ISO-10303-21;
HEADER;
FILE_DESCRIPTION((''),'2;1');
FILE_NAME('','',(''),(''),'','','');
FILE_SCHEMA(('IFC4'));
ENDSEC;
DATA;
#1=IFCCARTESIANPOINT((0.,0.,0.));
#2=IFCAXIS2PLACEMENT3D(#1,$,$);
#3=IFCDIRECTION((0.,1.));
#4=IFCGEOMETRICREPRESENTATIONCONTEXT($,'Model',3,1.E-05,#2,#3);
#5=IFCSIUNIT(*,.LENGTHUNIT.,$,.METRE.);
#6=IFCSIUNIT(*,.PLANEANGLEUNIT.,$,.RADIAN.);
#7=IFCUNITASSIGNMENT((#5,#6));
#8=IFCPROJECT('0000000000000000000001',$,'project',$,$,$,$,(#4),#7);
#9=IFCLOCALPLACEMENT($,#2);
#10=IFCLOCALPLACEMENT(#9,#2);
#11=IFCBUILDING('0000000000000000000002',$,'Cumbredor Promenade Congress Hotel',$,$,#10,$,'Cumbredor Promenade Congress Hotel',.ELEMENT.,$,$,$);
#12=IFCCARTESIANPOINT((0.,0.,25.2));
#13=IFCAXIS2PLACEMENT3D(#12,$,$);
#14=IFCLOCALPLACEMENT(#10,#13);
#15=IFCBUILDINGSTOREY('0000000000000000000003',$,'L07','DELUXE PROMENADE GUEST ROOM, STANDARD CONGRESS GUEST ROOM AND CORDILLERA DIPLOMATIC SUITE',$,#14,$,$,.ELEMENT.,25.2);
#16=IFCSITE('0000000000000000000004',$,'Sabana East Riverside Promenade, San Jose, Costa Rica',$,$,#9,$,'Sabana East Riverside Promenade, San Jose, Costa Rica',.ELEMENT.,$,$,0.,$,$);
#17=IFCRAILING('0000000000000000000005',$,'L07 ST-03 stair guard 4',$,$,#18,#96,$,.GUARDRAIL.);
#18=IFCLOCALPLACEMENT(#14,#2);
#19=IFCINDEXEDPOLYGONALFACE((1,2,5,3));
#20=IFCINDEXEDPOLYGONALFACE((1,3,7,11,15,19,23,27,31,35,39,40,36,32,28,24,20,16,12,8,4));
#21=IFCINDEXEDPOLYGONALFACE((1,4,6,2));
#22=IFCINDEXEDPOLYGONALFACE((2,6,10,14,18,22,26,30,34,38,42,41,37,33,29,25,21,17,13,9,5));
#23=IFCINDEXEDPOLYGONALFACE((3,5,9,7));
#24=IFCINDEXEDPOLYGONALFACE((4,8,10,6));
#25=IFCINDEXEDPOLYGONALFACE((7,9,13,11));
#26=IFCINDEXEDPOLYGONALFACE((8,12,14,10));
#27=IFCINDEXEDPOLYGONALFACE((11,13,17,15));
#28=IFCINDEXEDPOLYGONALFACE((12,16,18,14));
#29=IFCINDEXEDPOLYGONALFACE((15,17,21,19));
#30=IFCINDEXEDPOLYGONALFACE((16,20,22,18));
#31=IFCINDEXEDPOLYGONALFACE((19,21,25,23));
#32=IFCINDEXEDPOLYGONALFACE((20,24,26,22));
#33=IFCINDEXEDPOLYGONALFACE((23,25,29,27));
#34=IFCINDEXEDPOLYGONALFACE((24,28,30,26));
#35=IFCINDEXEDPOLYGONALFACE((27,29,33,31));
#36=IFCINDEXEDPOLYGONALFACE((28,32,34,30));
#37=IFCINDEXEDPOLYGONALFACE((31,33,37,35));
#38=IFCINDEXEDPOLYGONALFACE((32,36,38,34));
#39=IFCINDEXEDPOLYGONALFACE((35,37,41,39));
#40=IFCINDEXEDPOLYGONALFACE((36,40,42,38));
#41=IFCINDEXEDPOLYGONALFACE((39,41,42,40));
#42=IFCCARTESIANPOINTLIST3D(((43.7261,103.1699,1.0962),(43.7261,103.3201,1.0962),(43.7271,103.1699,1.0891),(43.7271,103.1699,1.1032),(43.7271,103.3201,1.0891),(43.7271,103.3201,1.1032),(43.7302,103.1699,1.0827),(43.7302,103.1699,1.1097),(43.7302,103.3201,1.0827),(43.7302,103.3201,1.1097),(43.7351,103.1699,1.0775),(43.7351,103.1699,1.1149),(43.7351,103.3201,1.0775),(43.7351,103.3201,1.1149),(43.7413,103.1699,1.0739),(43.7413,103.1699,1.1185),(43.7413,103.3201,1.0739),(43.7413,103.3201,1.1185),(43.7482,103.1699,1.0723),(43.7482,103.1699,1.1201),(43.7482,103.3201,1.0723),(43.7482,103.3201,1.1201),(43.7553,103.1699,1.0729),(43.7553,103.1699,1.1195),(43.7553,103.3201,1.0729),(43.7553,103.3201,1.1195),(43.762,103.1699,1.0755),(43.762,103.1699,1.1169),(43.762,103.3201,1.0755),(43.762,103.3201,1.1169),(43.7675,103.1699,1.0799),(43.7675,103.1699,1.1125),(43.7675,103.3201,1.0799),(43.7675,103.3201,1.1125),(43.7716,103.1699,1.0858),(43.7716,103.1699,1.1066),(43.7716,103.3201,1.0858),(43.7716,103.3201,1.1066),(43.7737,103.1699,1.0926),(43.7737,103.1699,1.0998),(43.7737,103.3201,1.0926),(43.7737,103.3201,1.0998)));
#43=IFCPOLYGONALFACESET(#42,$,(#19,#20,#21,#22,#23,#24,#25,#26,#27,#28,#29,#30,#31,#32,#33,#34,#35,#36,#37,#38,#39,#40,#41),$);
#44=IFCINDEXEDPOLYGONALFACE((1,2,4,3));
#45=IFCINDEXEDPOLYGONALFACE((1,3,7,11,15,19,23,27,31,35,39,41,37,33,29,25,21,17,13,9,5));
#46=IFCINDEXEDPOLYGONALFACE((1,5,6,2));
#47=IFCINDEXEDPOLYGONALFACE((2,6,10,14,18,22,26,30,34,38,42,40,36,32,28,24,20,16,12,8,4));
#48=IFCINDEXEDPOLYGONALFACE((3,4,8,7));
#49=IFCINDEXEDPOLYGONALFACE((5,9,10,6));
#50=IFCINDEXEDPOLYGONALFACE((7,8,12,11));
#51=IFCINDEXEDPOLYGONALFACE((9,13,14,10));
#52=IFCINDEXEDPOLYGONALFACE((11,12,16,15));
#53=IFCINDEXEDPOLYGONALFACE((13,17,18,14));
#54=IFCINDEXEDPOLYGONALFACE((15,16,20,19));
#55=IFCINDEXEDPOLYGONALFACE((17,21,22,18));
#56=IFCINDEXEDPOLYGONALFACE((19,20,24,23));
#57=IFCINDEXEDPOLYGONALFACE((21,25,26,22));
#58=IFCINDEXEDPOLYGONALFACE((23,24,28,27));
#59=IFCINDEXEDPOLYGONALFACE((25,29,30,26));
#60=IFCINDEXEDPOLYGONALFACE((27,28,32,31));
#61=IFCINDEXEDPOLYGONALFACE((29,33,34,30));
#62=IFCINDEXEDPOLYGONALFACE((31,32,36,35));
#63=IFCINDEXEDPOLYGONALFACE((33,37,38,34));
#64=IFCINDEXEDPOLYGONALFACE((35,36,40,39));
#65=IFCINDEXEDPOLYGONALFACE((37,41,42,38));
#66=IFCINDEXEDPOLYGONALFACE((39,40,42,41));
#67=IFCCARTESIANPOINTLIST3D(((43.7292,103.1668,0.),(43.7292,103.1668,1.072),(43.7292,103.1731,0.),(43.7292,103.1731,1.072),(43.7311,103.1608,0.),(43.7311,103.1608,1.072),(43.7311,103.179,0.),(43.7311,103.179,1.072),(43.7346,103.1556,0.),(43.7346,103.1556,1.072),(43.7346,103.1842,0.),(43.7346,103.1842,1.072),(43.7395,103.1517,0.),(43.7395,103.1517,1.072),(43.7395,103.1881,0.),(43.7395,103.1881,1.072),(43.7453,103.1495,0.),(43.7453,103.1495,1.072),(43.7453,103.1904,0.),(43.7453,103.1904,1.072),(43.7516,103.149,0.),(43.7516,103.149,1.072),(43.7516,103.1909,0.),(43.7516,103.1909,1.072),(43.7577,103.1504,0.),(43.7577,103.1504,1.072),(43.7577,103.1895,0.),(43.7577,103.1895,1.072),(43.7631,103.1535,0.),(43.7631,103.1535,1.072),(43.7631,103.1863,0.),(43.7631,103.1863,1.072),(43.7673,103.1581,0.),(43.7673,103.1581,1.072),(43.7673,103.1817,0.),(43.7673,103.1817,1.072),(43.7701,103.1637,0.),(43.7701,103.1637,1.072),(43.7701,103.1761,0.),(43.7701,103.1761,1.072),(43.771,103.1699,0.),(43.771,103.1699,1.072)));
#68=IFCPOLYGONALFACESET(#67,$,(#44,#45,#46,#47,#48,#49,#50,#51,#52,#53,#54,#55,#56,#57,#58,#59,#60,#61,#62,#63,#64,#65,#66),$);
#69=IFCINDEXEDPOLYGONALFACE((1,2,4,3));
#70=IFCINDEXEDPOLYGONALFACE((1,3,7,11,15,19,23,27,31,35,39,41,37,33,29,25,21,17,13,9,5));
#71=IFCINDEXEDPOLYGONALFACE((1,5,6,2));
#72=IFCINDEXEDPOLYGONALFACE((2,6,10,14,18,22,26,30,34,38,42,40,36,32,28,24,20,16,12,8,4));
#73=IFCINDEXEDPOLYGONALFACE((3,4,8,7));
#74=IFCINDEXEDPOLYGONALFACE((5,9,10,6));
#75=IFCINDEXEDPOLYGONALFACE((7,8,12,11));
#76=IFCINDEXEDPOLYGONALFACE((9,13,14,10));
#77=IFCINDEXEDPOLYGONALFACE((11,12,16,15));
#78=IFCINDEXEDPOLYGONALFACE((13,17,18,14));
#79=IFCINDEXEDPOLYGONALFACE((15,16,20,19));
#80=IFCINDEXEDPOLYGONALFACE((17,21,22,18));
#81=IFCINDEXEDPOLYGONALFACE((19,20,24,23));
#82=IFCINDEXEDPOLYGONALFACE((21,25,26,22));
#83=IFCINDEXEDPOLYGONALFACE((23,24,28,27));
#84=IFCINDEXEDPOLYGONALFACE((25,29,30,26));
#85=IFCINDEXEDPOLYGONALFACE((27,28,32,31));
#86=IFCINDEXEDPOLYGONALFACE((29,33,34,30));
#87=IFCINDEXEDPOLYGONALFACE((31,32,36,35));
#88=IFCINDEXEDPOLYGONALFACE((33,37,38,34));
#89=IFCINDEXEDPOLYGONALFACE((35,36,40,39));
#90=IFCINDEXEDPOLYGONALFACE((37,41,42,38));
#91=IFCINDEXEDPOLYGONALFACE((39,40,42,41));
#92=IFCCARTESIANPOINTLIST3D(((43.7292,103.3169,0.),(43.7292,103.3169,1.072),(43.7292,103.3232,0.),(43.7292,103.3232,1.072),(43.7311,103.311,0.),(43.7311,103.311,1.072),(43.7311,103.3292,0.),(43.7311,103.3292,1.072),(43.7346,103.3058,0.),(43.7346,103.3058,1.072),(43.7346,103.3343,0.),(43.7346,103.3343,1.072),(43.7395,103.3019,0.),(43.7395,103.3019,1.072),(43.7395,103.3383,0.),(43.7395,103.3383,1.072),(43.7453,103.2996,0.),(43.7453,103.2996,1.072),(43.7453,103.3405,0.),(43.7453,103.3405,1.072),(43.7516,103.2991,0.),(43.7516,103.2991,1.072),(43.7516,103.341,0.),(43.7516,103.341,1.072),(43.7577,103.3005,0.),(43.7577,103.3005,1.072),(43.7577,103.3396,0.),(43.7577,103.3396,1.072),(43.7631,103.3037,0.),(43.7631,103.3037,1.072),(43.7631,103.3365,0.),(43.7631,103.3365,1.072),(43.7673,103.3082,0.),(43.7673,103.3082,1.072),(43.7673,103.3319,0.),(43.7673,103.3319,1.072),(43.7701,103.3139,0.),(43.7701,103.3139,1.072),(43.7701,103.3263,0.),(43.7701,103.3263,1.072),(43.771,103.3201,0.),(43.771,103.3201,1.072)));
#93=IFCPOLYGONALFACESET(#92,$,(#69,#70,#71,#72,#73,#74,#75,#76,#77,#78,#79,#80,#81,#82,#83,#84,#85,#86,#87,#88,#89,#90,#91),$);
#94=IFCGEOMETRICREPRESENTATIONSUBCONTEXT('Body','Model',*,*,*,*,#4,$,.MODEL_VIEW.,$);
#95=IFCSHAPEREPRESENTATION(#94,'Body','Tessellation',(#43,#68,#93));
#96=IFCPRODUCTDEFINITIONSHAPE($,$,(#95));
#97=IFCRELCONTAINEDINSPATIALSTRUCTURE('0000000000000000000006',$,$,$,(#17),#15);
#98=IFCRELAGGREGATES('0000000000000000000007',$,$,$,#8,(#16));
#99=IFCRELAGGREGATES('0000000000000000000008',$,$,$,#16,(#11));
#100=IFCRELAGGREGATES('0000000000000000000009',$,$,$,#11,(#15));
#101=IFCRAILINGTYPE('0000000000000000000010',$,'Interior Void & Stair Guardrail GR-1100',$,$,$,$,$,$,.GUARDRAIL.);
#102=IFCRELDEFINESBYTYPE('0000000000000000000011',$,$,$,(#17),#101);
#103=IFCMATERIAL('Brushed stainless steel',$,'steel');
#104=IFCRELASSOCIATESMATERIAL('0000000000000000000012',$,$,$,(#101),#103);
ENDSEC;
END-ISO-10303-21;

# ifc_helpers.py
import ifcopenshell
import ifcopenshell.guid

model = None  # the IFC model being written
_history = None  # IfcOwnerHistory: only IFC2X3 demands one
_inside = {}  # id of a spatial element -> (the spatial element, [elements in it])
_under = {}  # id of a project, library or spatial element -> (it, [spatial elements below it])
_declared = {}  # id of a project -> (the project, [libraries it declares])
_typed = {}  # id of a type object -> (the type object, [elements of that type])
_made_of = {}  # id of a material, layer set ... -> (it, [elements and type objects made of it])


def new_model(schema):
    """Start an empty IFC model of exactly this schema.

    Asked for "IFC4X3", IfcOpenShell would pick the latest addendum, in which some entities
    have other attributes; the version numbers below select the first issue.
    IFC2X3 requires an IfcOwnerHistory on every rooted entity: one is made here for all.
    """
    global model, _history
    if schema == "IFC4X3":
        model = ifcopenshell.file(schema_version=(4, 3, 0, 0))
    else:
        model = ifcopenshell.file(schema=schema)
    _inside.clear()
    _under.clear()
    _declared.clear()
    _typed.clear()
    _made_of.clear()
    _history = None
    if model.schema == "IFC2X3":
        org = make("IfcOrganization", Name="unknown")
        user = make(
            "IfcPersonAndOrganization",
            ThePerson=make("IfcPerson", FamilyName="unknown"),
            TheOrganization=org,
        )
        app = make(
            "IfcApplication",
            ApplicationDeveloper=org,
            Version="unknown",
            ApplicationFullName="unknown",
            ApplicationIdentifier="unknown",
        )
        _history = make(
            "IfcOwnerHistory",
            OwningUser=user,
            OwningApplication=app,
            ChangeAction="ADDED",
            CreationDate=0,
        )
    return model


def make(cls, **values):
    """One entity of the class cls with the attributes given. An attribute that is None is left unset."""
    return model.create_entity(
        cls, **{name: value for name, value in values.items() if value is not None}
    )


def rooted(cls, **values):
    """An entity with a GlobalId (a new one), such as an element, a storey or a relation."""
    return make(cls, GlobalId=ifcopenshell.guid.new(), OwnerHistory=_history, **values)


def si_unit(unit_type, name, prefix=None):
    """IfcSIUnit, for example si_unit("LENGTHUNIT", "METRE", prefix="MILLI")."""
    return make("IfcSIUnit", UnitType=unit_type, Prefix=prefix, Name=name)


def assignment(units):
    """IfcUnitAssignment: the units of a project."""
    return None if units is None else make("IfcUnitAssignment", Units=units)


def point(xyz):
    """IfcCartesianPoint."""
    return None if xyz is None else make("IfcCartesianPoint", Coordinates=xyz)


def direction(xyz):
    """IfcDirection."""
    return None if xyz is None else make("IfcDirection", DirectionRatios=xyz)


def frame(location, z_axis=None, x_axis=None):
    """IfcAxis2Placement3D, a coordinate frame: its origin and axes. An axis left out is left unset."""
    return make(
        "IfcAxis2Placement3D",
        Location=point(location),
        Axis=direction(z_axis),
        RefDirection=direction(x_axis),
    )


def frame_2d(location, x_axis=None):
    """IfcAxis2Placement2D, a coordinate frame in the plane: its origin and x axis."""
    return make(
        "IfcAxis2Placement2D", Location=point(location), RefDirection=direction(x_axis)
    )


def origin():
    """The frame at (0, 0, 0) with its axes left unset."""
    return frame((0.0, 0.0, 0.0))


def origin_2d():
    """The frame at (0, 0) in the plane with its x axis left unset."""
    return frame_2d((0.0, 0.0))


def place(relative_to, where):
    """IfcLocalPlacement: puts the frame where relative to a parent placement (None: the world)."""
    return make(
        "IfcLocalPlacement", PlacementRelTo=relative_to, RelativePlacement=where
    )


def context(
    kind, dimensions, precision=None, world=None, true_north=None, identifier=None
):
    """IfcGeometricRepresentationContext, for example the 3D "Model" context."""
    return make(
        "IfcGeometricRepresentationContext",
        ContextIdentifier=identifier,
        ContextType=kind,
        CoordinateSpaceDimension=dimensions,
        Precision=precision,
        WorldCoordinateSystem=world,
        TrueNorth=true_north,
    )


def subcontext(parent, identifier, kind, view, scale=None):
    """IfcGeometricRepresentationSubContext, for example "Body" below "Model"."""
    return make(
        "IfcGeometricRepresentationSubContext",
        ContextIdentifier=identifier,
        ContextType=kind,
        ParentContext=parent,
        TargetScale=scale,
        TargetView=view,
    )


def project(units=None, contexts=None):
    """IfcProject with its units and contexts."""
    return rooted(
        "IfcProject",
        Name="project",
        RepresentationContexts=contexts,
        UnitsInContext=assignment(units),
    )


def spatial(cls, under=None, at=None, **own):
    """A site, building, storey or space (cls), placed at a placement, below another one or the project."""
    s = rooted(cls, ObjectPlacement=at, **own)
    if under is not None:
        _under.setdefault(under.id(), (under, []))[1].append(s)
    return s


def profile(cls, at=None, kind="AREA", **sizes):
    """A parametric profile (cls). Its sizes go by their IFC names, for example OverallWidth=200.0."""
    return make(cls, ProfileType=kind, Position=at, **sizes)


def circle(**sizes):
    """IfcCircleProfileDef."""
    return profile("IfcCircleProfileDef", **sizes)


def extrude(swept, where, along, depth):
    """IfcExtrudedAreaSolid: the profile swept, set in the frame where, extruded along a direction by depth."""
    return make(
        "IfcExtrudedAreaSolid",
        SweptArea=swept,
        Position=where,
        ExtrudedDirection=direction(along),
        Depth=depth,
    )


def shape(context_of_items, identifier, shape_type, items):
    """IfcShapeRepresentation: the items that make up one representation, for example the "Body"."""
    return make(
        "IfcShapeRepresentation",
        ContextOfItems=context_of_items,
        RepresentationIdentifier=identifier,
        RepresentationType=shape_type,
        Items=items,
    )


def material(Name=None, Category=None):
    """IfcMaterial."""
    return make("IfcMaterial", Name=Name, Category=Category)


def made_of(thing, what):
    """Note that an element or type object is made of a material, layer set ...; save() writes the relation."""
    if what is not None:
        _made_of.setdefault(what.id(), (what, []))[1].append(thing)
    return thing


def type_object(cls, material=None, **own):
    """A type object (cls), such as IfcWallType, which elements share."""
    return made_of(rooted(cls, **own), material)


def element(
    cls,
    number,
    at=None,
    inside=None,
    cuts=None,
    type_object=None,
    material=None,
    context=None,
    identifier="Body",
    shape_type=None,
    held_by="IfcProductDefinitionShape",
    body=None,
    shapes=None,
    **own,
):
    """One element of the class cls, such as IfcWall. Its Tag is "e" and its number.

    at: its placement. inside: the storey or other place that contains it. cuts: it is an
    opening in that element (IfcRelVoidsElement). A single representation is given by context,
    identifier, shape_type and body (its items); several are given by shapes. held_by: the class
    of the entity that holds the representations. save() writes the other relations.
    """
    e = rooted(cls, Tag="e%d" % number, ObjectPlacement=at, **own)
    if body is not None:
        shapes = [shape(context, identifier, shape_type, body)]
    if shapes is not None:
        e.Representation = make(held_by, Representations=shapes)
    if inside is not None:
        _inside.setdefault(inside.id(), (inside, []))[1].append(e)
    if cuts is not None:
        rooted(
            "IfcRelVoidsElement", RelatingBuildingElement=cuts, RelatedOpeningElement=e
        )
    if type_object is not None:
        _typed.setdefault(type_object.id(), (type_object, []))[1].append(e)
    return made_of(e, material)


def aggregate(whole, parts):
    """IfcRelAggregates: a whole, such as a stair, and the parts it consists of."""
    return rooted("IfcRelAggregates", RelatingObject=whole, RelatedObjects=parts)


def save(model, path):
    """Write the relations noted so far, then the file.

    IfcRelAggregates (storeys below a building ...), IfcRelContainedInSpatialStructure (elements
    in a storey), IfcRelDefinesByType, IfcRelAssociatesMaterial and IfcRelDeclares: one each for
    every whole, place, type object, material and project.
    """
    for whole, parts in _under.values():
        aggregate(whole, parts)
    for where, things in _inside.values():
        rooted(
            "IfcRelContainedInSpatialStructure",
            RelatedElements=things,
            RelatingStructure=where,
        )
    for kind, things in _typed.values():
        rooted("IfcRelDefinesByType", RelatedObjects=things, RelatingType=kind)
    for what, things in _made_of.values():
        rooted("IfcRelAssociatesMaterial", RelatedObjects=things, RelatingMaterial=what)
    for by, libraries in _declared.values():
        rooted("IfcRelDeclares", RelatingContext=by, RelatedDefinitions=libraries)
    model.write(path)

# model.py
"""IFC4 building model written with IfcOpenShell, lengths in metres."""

from ifc_helpers import new_model, si_unit, direction, frame, origin, origin_2d, place, context, subcontext, project, spatial, circle, extrude, material, type_object, element, save


model = new_model("IFC4")

# Units and contexts
model_context = context("Model", 3, precision=1e-05, world=origin(), true_north=direction((0.0, 1.0)))
body_context = subcontext(model_context, "Body", "Model", "MODEL_VIEW")
ifc_project = project(units=[si_unit("LENGTHUNIT", "METRE"), si_unit("PLANEANGLEUNIT", "RADIAN")], contexts=[model_context])

# Site, building, storey
site_placement = place(None, origin())
site = spatial("IfcSite", under=ifc_project, at=site_placement, Name="Sabana East Riverside Promenade, San Jose, Costa Rica", LongName="Sabana East Riverside Promenade, San Jose, Costa Rica", CompositionType="ELEMENT", RefElevation=0.0)
building_placement = place(site_placement, origin())
building = spatial("IfcBuilding", under=site, at=building_placement, Name="Cumbredor Promenade Congress Hotel", LongName="Cumbredor Promenade Congress Hotel", CompositionType="ELEMENT")
storey_placement = place(building_placement, frame((0.0, 0.0, 25.2)))
storey = spatial("IfcBuildingStorey", under=building, at=storey_placement, Name="L07", Description="DELUXE PROMENADE GUEST ROOM, STANDARD CONGRESS GUEST ROOM AND CORDILLERA DIPLOMATIC SUITE", CompositionType="ELEMENT", Elevation=25.2)

# Railing
ifc_material_1 = material(Name="Brushed stainless steel", Category="steel")
railing_type_1 = type_object("IfcRailingType", Name="Interior Void & Stair Guardrail GR-1100", PredefinedType="GUARDRAIL", material=ifc_material_1)
railing_1_placement = place(storey_placement, frame((43.75, 103.1699, 0.0)))
element("IfcRailing", 1, at=railing_1_placement, inside=storey, type_object=railing_type_1, Name="L07 ST-03 stair guard 4", PredefinedType="GUARDRAIL", context=body_context, shape_type="SweptSolid", body=[
    extrude(circle(Radius=0.0239, at=origin_2d()), frame((0.0, 0.0, 1.0962), z_axis=(0.0, 1.0, 0.0), x_axis=(-1.0, 0.0, 0.0)), (0.0, 0.0, 1.0), 0.1501),
    extrude(circle(Radius=0.021, at=origin_2d()), origin(), (0.0, 0.0, 1.0), 1.072),
    extrude(circle(Radius=0.021, at=origin_2d()), frame((0.0, 0.1501, 0.0)), (0.0, 0.0, 1.0), 1.072),
])

save(model, "model.ifc")
